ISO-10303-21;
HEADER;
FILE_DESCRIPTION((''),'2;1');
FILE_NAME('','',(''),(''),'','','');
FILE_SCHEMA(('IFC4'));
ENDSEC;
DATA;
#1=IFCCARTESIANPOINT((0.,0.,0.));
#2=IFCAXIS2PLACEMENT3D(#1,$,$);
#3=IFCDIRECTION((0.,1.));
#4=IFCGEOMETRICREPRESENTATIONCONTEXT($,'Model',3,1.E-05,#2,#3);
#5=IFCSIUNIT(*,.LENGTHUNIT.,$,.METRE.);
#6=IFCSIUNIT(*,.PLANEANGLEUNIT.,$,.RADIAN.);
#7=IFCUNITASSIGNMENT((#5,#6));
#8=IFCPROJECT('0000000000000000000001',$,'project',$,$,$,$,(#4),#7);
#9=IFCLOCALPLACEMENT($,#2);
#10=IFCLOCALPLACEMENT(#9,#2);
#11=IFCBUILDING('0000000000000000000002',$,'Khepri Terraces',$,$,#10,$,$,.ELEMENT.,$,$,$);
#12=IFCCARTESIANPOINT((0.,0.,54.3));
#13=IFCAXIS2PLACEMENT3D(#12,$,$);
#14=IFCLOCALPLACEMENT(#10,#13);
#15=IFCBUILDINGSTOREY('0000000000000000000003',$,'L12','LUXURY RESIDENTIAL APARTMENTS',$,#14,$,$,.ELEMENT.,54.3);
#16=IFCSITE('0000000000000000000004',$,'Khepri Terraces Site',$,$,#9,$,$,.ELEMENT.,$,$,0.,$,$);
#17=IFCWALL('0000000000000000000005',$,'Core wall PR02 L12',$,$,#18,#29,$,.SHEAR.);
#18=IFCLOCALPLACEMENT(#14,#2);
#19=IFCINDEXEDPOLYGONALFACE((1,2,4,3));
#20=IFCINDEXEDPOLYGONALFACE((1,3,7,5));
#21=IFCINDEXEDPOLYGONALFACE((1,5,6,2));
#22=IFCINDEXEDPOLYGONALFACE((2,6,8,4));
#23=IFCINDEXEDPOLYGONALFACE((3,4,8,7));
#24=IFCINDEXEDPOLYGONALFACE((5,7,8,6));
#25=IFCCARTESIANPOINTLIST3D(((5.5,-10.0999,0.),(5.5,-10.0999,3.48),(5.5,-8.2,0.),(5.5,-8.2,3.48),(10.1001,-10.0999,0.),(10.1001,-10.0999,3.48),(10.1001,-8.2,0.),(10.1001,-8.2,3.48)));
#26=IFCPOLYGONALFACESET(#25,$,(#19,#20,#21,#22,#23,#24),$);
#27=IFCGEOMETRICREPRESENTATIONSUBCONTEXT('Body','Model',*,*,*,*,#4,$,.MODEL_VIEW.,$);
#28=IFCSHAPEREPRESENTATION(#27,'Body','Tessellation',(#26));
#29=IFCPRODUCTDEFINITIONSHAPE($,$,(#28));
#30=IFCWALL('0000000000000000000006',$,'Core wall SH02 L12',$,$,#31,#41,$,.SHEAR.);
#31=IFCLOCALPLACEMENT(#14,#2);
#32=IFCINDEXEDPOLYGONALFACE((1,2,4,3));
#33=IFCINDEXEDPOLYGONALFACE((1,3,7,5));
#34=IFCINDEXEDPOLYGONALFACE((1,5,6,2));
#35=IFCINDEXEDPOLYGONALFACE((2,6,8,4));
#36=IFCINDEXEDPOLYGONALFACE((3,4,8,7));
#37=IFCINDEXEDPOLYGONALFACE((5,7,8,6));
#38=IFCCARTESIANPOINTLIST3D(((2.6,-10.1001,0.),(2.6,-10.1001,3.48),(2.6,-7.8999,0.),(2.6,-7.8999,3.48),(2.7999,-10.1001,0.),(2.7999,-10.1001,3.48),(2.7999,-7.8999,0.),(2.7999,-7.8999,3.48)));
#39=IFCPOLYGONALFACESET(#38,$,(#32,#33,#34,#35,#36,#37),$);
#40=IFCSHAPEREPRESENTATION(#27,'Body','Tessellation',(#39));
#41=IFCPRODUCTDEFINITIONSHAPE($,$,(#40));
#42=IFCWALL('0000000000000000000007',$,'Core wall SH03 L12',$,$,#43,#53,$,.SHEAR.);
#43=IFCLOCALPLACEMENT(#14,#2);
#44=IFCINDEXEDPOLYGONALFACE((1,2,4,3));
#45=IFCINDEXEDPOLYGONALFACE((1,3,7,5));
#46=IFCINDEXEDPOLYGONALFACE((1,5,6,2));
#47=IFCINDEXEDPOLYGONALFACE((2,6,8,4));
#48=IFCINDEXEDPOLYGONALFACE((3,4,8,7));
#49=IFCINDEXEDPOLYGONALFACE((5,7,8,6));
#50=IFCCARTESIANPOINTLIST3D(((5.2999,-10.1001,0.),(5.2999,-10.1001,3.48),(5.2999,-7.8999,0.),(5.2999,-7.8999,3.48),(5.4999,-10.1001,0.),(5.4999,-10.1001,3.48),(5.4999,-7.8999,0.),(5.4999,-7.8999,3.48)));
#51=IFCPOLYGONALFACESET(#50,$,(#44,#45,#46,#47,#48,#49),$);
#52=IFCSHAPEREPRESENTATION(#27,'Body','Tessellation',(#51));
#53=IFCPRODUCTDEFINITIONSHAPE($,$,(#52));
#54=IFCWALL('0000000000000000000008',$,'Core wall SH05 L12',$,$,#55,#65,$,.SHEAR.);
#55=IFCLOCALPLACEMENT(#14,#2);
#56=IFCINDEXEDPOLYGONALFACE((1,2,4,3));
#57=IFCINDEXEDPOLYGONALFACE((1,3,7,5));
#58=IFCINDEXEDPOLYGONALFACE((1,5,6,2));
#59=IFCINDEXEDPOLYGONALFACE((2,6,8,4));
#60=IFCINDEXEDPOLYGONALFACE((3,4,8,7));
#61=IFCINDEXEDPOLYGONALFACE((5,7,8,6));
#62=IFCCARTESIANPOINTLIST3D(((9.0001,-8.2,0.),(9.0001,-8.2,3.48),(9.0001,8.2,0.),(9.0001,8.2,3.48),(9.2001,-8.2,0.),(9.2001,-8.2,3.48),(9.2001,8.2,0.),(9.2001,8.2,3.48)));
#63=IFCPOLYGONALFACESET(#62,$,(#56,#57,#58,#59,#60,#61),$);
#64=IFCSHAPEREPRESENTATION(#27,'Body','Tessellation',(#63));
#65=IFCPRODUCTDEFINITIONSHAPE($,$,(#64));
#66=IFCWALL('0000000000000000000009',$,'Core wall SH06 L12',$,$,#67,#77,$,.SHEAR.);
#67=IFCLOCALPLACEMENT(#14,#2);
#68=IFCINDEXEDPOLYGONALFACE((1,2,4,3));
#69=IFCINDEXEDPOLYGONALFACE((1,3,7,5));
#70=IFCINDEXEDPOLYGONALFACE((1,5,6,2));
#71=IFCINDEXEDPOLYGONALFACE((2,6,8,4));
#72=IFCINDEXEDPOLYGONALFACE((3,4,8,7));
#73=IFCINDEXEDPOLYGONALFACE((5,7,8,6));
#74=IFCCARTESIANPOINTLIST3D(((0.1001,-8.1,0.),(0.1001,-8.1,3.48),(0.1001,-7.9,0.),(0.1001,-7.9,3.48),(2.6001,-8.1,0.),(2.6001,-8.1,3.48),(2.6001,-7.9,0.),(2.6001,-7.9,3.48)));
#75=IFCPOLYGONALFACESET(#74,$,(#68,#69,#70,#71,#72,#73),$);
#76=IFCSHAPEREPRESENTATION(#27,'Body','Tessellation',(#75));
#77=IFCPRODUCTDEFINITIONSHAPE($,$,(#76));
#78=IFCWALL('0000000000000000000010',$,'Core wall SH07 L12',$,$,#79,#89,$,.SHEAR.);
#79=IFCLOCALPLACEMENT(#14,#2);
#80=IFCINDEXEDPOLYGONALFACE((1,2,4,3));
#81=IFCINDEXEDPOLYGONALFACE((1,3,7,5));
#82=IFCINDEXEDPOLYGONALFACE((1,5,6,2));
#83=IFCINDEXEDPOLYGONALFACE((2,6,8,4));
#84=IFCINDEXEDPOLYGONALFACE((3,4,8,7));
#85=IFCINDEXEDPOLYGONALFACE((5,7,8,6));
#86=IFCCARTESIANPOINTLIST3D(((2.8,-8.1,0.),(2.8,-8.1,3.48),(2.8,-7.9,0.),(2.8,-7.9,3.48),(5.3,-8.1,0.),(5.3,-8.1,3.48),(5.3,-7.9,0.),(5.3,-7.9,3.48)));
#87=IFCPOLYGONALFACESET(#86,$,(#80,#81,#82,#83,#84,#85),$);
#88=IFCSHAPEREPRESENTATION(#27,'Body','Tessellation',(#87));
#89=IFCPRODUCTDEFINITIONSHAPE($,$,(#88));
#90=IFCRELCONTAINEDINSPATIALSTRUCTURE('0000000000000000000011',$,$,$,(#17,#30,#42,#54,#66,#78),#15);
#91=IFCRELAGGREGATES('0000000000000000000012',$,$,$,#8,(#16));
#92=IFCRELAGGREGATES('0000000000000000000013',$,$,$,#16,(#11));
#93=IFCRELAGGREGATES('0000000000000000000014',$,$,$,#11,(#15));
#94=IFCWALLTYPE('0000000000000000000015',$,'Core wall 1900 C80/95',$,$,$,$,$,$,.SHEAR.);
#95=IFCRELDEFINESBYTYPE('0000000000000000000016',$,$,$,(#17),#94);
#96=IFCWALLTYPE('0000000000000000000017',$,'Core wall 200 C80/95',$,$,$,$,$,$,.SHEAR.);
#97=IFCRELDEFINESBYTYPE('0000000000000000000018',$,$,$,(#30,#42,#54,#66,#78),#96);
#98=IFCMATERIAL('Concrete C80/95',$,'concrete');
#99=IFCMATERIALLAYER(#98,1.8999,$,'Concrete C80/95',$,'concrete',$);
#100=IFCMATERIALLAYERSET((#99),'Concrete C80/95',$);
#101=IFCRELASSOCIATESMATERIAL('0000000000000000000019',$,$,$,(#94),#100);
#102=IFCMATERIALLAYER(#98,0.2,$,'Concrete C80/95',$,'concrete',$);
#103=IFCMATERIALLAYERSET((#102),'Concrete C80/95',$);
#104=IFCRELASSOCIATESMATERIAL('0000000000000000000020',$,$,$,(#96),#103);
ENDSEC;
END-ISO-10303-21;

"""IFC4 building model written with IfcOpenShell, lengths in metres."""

from ifc_helpers import new_model, si_unit, direction, frame, frame_2d, origin, place, context, subcontext, project, spatial, rectangle, extrude, material, layer, layer_set, type_object, element, save


model = new_model("IFC4")

# Units and contexts
model_context = context("Model", 3, precision=1e-05, world=origin(), true_north=direction((0.0, 1.0)))
body_context = subcontext(model_context, "Body", "Model", "MODEL_VIEW")
ifc_project = project(units=[si_unit("LENGTHUNIT", "METRE"), si_unit("PLANEANGLEUNIT", "RADIAN")], contexts=[model_context])

# Site, building, storey
site_placement = place(None, origin())
site = spatial("IfcSite", under=ifc_project, at=site_placement, Name="Khepri Terraces Site", CompositionType="ELEMENT", RefElevation=0.0)
building_placement = place(site_placement, origin())
building = spatial("IfcBuilding", under=site, at=building_placement, Name="Khepri Terraces", CompositionType="ELEMENT")
storey_placement = place(building_placement, frame((0.0, 0.0, 54.3)))
storey = spatial("IfcBuildingStorey", under=building, at=storey_placement, Name="L12", Description="LUXURY RESIDENTIAL APARTMENTS", CompositionType="ELEMENT", Elevation=54.3)

# Walls
ifc_material_1 = material(Name="Concrete C80/95", Category="concrete")
ifc_layer_1 = layer(ifc_material_1, 1.8999, Name="Concrete C80/95", Category="concrete")
ifc_layer_set_1 = layer_set([ifc_layer_1], Name="Concrete C80/95")
wall_type_1 = type_object("IfcWallType", Name="Core wall 1900 C80/95", PredefinedType="SHEAR", material=ifc_layer_set_1)
wall_1_placement = place(storey_placement, frame((5.5, -9.1499, 0.0), z_axis=(0.0, 0.0, 1.0), x_axis=(1.0, 0.0, 0.0)))
element("IfcWall", 1, at=wall_1_placement, inside=storey, type_object=wall_type_1, Name="Core wall PR02 L12", PredefinedType="SHEAR", context=body_context, shape_type="SweptSolid", body=[
    extrude(rectangle(XDim=4.6001, YDim=1.8999, at=frame_2d((2.3, 0.0))), origin(), (0.0, 0.0, 1.0), 3.48),
])
ifc_layer_2 = layer(ifc_material_1, 0.2, Name="Concrete C80/95", Category="concrete")
ifc_layer_set_2 = layer_set([ifc_layer_2], Name="Concrete C80/95")
wall_type_2 = type_object("IfcWallType", Name="Core wall 200 C80/95", PredefinedType="SHEAR", material=ifc_layer_set_2)
for number, where, z_axis, x_axis, name in (
    (2, (2.7, -10.1001, 0.0), (0.0, 0.0, 1.0), (0.0, 1.0, 0.0), "Core wall SH02 L12"),
    (3, (5.3999, -10.1001, 0.0), (0.0, 0.0, 1.0), (0.0, 1.0, 0.0), "Core wall SH03 L12"),
):
    element("IfcWall", number, at=place(storey_placement, frame(where, z_axis=z_axis, x_axis=x_axis)), inside=storey, type_object=wall_type_2, Name=name, PredefinedType="SHEAR", context=body_context, shape_type="SweptSolid", body=[
        extrude(rectangle(XDim=2.2002, YDim=0.2, at=frame_2d((1.1001, 0.0))), origin(), (0.0, 0.0, 1.0), 3.48),
    ])
wall_2_placement = place(storey_placement, frame((9.1001, -8.2, 0.0), z_axis=(0.0, 0.0, 1.0), x_axis=(0.0, 1.0, 0.0)))
element("IfcWall", 4, at=wall_2_placement, inside=storey, type_object=wall_type_2, Name="Core wall SH05 L12", PredefinedType="SHEAR", context=body_context, shape_type="SweptSolid", body=[
    extrude(rectangle(XDim=16.3999, YDim=0.2, at=frame_2d((8.2, 0.0))), origin(), (0.0, 0.0, 1.0), 3.48),
])
for number, where, z_axis, x_axis, name in (
    (5, (0.1001, -8.0, 0.0), (0.0, 0.0, 1.0), (1.0, 0.0, 0.0), "Core wall SH06 L12"),
    (6, (2.8, -8.0, 0.0), (0.0, 0.0, 1.0), (1.0, 0.0, 0.0), "Core wall SH07 L12"),
):
    element("IfcWall", number, at=place(storey_placement, frame(where, z_axis=z_axis, x_axis=x_axis)), inside=storey, type_object=wall_type_2, Name=name, PredefinedType="SHEAR", context=body_context, shape_type="SweptSolid", body=[
        extrude(rectangle(XDim=2.5, YDim=0.2, at=frame_2d((1.25, 0.0))), origin(), (0.0, 0.0, 1.0), 3.48),
    ])

save(model, "model.ifc")
